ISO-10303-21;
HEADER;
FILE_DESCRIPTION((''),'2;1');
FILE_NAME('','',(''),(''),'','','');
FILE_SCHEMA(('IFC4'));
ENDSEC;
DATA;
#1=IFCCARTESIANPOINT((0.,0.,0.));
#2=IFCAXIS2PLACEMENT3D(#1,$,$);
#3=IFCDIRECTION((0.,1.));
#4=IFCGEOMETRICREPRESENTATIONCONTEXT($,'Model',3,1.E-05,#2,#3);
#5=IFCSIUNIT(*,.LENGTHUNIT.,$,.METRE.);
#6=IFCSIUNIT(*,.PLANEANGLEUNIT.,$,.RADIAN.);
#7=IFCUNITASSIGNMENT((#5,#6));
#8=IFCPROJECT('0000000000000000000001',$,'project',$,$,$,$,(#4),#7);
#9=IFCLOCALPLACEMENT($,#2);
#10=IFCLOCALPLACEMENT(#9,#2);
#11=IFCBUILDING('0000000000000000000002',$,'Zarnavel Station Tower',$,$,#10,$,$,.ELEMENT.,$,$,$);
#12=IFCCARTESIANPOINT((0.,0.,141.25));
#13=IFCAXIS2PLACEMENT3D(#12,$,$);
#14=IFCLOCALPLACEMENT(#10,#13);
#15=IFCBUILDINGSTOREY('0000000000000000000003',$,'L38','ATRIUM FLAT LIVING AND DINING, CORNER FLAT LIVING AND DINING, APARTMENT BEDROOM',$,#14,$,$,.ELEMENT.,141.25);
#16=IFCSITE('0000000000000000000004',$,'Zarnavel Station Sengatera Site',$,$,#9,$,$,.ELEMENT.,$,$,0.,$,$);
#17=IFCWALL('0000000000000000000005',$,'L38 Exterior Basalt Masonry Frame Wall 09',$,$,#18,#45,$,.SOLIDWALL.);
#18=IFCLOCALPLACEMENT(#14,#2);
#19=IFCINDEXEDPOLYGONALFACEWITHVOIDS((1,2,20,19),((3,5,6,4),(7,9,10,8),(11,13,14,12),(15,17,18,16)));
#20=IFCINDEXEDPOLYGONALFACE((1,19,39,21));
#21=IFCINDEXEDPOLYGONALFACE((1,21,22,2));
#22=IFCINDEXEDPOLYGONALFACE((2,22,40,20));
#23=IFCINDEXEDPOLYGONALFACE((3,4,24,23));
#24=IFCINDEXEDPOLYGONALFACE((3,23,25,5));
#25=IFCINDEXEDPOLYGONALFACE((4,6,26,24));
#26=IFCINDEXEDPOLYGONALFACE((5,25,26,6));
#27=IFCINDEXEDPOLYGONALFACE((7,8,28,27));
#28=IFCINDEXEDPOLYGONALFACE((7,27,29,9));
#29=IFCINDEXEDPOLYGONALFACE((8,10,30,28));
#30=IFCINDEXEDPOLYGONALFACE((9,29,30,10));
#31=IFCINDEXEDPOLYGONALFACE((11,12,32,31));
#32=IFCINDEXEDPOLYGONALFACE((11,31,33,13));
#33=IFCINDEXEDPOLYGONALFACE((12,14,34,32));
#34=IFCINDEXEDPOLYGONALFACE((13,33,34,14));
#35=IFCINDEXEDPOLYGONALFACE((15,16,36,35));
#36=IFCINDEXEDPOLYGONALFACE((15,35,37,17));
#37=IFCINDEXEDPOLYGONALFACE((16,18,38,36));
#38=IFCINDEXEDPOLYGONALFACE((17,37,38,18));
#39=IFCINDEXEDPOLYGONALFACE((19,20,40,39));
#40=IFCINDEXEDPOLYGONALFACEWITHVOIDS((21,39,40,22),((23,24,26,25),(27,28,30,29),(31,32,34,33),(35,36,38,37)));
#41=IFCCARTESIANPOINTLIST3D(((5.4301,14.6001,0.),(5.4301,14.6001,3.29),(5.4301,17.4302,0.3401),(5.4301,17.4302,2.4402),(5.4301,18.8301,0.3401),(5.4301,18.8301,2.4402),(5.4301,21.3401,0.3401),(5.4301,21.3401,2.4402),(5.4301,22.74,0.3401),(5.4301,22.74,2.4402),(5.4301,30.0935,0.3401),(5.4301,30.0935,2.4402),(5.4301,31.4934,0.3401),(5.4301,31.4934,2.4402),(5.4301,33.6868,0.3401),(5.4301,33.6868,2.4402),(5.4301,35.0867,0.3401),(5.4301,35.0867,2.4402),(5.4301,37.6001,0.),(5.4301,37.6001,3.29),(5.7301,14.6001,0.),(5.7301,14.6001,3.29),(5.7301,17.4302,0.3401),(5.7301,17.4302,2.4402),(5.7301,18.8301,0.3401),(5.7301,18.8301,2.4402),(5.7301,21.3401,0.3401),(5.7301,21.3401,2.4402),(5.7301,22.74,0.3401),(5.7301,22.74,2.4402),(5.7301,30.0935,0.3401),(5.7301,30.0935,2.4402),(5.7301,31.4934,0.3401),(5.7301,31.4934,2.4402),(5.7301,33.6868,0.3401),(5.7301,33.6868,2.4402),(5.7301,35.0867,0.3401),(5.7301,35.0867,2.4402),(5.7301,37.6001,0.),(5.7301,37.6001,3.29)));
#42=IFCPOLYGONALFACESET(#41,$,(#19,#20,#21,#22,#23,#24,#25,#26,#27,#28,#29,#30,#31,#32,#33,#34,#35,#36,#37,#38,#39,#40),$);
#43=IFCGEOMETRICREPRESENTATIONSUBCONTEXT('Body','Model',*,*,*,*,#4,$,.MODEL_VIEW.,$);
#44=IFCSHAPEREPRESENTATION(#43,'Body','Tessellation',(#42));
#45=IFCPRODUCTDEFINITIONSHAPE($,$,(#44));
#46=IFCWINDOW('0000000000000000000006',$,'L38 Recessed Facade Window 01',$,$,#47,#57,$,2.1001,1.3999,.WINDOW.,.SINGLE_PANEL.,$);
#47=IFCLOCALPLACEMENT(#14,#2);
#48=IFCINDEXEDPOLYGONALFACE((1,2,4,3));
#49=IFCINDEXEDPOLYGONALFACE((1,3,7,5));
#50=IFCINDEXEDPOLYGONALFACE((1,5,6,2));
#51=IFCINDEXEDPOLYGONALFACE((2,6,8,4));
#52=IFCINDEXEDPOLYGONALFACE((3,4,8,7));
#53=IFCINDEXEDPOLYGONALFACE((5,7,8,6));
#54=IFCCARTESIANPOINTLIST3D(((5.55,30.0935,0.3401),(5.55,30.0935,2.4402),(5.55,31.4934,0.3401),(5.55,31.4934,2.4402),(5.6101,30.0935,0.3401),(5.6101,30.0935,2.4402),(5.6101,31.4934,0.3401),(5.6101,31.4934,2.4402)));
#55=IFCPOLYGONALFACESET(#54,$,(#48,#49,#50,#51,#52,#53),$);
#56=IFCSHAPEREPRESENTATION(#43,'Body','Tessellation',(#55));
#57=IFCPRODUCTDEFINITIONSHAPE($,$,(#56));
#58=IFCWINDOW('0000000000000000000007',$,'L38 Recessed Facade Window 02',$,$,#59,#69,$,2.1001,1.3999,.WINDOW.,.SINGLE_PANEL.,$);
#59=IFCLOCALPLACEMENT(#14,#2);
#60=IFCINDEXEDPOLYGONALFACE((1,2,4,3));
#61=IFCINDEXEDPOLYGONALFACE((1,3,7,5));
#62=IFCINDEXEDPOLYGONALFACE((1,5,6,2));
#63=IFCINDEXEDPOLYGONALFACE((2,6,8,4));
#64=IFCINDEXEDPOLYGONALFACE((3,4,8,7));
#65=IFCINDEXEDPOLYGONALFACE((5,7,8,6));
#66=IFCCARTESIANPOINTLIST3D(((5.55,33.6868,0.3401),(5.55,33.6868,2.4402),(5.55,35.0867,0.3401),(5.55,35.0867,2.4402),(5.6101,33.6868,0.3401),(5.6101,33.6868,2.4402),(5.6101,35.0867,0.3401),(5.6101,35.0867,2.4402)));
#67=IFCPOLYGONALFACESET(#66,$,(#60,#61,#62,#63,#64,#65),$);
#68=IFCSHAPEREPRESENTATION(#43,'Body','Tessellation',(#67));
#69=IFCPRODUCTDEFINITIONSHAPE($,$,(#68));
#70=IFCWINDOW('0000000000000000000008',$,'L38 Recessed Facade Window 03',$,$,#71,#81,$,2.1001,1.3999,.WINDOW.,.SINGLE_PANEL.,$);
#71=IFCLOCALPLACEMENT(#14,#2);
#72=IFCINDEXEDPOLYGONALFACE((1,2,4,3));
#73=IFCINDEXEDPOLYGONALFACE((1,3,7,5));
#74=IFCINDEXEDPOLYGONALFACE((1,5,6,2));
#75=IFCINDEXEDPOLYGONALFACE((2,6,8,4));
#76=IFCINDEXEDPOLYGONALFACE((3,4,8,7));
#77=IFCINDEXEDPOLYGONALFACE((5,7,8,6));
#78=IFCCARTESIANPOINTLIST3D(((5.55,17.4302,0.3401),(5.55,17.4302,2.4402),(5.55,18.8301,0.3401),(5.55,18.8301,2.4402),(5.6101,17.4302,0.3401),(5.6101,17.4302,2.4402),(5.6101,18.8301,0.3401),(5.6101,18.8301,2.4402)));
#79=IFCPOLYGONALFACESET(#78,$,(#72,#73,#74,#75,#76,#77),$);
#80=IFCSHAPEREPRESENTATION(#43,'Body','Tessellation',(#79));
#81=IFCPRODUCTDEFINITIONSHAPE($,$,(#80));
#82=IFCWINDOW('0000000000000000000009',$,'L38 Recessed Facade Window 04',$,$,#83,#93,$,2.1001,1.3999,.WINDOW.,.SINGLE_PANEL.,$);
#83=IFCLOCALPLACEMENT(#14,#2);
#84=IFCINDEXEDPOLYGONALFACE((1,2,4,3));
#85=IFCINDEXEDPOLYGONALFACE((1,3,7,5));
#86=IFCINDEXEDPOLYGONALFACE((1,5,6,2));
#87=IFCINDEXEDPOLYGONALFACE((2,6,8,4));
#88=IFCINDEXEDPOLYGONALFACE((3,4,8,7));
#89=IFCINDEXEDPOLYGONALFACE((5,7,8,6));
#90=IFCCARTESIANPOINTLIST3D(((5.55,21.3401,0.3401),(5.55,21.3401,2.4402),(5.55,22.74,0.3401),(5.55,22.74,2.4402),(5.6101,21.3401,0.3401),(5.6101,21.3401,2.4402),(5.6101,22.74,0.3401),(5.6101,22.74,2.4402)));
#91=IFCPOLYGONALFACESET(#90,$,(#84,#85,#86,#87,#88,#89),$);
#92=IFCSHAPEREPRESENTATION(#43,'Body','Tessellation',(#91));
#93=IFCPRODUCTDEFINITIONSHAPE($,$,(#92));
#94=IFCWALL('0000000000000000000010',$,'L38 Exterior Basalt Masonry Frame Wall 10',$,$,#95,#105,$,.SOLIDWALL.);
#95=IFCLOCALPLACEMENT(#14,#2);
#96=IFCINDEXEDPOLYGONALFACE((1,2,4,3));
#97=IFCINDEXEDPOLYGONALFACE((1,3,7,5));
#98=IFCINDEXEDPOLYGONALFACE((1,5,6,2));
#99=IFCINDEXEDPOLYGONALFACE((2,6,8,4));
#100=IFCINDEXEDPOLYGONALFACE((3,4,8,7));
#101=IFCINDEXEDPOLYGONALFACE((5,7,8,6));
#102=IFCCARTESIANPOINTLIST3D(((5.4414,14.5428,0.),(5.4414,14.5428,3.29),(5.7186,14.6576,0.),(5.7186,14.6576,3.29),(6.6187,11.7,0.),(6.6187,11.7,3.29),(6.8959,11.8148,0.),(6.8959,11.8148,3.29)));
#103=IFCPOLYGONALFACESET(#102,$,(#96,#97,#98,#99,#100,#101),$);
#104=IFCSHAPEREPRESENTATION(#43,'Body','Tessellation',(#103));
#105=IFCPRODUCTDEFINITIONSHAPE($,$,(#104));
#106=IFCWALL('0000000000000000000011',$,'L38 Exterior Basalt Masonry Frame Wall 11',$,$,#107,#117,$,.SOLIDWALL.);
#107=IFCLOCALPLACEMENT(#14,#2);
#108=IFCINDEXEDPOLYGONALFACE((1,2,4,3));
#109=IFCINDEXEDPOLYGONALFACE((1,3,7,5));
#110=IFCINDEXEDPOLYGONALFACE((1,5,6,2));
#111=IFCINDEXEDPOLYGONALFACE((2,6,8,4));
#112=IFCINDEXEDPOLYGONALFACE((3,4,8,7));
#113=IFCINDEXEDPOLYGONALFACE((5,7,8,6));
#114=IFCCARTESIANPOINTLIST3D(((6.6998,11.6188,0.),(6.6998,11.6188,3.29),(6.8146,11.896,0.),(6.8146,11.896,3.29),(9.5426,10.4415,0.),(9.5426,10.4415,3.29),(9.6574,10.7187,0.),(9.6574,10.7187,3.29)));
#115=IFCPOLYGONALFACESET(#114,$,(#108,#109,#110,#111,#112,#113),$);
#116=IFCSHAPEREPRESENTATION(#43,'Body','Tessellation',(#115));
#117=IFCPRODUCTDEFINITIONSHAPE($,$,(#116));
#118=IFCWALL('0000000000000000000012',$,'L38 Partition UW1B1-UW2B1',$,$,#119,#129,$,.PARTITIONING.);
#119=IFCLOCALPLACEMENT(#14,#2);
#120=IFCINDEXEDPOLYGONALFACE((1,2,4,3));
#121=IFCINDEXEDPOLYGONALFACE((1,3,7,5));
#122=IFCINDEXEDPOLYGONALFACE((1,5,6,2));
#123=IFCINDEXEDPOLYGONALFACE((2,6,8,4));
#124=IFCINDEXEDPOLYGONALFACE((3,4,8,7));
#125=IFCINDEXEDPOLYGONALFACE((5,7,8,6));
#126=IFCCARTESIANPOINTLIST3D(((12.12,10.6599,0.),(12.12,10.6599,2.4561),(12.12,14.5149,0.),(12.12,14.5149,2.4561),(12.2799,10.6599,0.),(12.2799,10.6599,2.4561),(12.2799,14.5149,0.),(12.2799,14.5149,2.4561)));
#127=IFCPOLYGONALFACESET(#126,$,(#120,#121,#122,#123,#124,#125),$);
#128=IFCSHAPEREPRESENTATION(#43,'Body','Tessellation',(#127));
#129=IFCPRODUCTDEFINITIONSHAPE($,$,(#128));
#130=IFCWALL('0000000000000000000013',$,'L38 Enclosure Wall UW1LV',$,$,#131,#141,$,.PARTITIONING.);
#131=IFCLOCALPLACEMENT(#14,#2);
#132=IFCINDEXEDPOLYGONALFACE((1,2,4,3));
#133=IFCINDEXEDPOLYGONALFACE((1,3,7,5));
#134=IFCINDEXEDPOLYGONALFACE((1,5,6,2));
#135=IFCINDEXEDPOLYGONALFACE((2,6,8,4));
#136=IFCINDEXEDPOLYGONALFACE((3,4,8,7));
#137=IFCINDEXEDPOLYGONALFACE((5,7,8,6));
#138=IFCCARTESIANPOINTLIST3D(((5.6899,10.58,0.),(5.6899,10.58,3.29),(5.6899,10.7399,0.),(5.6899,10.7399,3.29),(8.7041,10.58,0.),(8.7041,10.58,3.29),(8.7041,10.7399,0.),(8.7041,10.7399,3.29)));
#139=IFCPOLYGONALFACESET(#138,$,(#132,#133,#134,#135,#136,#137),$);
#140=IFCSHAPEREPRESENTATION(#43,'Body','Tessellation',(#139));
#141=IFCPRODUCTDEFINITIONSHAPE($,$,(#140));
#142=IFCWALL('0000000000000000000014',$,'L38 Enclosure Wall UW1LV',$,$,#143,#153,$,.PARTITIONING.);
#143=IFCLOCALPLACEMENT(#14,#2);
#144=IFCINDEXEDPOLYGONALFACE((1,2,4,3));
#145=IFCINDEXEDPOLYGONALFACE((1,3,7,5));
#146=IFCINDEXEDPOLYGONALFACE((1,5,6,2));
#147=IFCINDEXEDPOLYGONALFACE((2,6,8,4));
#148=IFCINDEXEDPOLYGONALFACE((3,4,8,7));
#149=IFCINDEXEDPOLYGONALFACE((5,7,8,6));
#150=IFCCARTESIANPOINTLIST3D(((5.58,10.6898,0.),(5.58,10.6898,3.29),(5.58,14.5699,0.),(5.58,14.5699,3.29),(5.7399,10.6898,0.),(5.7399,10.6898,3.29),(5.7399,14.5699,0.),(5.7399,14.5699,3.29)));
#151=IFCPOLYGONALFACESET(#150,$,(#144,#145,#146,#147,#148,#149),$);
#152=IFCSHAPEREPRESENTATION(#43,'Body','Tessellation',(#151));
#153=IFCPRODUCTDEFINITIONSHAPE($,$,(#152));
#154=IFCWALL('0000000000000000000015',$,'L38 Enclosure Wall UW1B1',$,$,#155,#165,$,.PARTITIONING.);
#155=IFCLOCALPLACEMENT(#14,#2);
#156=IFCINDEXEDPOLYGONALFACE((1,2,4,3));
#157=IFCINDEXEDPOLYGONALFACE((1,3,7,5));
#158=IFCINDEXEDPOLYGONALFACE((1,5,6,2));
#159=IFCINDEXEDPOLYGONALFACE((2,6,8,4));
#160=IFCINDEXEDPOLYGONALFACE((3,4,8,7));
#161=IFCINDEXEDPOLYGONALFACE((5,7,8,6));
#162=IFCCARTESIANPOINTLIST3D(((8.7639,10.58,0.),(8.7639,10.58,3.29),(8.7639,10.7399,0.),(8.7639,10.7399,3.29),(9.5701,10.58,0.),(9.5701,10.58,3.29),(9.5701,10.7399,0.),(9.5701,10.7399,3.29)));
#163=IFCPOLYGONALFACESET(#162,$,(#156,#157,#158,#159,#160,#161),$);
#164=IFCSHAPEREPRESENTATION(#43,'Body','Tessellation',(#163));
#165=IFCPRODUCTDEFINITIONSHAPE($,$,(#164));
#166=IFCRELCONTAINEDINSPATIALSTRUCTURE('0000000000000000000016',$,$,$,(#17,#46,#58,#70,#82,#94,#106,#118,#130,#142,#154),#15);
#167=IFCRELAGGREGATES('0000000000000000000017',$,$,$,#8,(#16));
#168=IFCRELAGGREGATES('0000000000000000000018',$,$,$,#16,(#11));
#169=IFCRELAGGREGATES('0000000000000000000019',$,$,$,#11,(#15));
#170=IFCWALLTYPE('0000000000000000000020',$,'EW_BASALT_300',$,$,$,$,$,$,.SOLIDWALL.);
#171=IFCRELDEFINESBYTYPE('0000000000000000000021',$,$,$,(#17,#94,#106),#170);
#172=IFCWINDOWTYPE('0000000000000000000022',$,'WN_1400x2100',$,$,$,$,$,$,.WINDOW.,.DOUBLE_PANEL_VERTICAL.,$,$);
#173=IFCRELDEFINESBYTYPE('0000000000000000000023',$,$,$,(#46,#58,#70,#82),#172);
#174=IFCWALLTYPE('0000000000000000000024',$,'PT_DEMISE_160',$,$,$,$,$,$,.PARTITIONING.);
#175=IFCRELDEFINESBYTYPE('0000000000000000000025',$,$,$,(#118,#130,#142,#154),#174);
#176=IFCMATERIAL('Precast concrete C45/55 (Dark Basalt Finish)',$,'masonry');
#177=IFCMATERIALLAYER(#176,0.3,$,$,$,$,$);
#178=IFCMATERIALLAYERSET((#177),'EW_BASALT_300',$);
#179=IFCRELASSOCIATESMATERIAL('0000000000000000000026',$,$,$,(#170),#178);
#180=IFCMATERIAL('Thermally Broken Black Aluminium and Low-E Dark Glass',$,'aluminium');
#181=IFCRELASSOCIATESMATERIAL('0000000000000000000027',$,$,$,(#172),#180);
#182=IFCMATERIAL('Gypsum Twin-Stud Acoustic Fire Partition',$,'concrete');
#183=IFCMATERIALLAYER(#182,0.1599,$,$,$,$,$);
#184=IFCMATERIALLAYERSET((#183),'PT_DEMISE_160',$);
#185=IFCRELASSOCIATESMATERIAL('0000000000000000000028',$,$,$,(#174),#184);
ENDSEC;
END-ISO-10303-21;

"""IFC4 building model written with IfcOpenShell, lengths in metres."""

from ifc_helpers import new_model, si_unit, direction, frame, frame_2d, origin, place, context, subcontext, project, spatial, rectangle, extrude, material, layer, layer_set, type_object, element, fill, save


model = new_model("IFC4")

# Units and contexts
model_context = context("Model", 3, precision=1e-05, world=origin(), true_north=direction((0.0, 1.0)))
body_context = subcontext(model_context, "Body", "Model", "MODEL_VIEW")
ifc_project = project(units=[si_unit("LENGTHUNIT", "METRE"), si_unit("PLANEANGLEUNIT", "RADIAN")], contexts=[model_context])

# Site, building, storey
site_placement = place(None, origin())
site = spatial("IfcSite", under=ifc_project, at=site_placement, Name="Zarnavel Station Sengatera Site", CompositionType="ELEMENT", RefElevation=0.0)
building_placement = place(site_placement, origin())
building = spatial("IfcBuilding", under=site, at=building_placement, Name="Zarnavel Station Tower", CompositionType="ELEMENT")
storey_placement = place(building_placement, frame((0.0, 0.0, 141.25)))
storey = spatial("IfcBuildingStorey", under=building, at=storey_placement, Name="L38", Description="ATRIUM FLAT LIVING AND DINING, CORNER FLAT LIVING AND DINING, APARTMENT BEDROOM", CompositionType="ELEMENT", Elevation=141.25)

# Wall, openings, windows
ifc_material_1 = material(Name="Precast concrete C45/55 (Dark Basalt Finish)", Category="masonry")
ifc_layer_1 = layer(ifc_material_1, 0.3)
ifc_layer_set_1 = layer_set([ifc_layer_1], Name="EW_BASALT_300")
wall_type_1 = type_object("IfcWallType", Name="EW_BASALT_300", PredefinedType="SOLIDWALL", material=ifc_layer_set_1)
wall_1_placement = place(storey_placement, frame((5.5801, 14.6001, 0.0), z_axis=(0.0, 0.0, 1.0), x_axis=(0.0, 1.0, 0.0)))
wall_1 = element("IfcWall", 1, at=wall_1_placement, inside=storey, type_object=wall_type_1, Name="L38 Exterior Basalt Masonry Frame Wall 09", PredefinedType="SOLIDWALL", context=body_context, shape_type="SweptSolid", body=[
    extrude(rectangle(XDim=23.0, YDim=0.3, at=frame_2d((11.5, 0.0))), origin(), (0.0, 0.0, 1.0), 3.29),
])
opening_1_placement = place(wall_1_placement, frame((15.4934, 0.0, 0.3401)))
opening_1 = element("IfcOpeningElement", 2, at=opening_1_placement, cuts=wall_1, PredefinedType="OPENING", context=body_context, shape_type="SweptSolid", body=[
    extrude(rectangle(XDim=1.3999, YDim=2.1001, at=frame_2d((0.7, 1.05))), frame((0.0, 0.1599, 0.0), z_axis=(0.0, -1.0, 0.0), x_axis=(1.0, 0.0, 0.0)), (0.0, 0.0, 1.0), 0.3201),
])
opening_2_placement = place(wall_1_placement, frame((19.0867, 0.0, 0.3401)))
opening_2 = element("IfcOpeningElement", 3, at=opening_2_placement, cuts=wall_1, PredefinedType="OPENING", context=body_context, shape_type="SweptSolid", body=[
    extrude(rectangle(XDim=1.3999, YDim=2.1001, at=frame_2d((0.7, 1.05))), frame((0.0, 0.1599, 0.0), z_axis=(0.0, -1.0, 0.0), x_axis=(1.0, 0.0, 0.0)), (0.0, 0.0, 1.0), 0.3201),
])
opening_3_placement = place(wall_1_placement, frame((2.8301, 0.0, 0.3401)))
opening_3 = element("IfcOpeningElement", 4, at=opening_3_placement, cuts=wall_1, PredefinedType="OPENING", context=body_context, shape_type="SweptSolid", body=[
    extrude(rectangle(XDim=1.3999, YDim=2.1001, at=frame_2d((0.7, 1.05))), frame((0.0, 0.1599, 0.0), z_axis=(0.0, -1.0, 0.0), x_axis=(1.0, 0.0, 0.0)), (0.0, 0.0, 1.0), 0.3201),
])
opening_4_placement = place(wall_1_placement, frame((6.74, 0.0, 0.3401)))
opening_4 = element("IfcOpeningElement", 5, at=opening_4_placement, cuts=wall_1, PredefinedType="OPENING", context=body_context, shape_type="SweptSolid", body=[
    extrude(rectangle(XDim=1.3999, YDim=2.1001, at=frame_2d((0.7, 1.05))), frame((0.0, 0.1599, 0.0), z_axis=(0.0, -1.0, 0.0), x_axis=(1.0, 0.0, 0.0)), (0.0, 0.0, 1.0), 0.3201),
])
ifc_material_2 = material(Name="Thermally Broken Black Aluminium and Low-E Dark Glass", Category="aluminium")
window_type = type_object("IfcWindowType", Name="WN_1400x2100", PartitioningType="DOUBLE_PANEL_VERTICAL", PredefinedType="WINDOW", material=ifc_material_2)
window_1_placement = place(opening_1_placement, origin())
window_1 = element("IfcWindow", 6, at=window_1_placement, inside=storey, type_object=window_type, Name="L38 Recessed Facade Window 01", OverallHeight=2.1001, OverallWidth=1.3999, PartitioningType="SINGLE_PANEL", PredefinedType="WINDOW", context=body_context, shape_type="SweptSolid", body=[
    extrude(rectangle(XDim=1.3999, YDim=2.1001, at=frame_2d((0.7, 1.05))), frame((0.0, 0.03, 0.0), z_axis=(0.0, -1.0, 0.0), x_axis=(1.0, 0.0, 0.0)), (0.0, 0.0, 1.0), 0.0601),
])
fill(opening_1, window_1)
window_2_placement = place(opening_2_placement, origin())
window_2 = element("IfcWindow", 7, at=window_2_placement, inside=storey, type_object=window_type, Name="L38 Recessed Facade Window 02", OverallHeight=2.1001, OverallWidth=1.3999, PartitioningType="SINGLE_PANEL", PredefinedType="WINDOW", context=body_context, shape_type="SweptSolid", body=[
    extrude(rectangle(XDim=1.3999, YDim=2.1001, at=frame_2d((0.7, 1.05))), frame((0.0, 0.03, 0.0), z_axis=(0.0, -1.0, 0.0), x_axis=(1.0, 0.0, 0.0)), (0.0, 0.0, 1.0), 0.0601),
])
fill(opening_2, window_2)
window_3_placement = place(opening_3_placement, origin())
window_3 = element("IfcWindow", 8, at=window_3_placement, inside=storey, type_object=window_type, Name="L38 Recessed Facade Window 03", OverallHeight=2.1001, OverallWidth=1.3999, PartitioningType="SINGLE_PANEL", PredefinedType="WINDOW", context=body_context, shape_type="SweptSolid", body=[
    extrude(rectangle(XDim=1.3999, YDim=2.1001, at=frame_2d((0.7, 1.05))), frame((0.0, 0.03, 0.0), z_axis=(0.0, -1.0, 0.0), x_axis=(1.0, 0.0, 0.0)), (0.0, 0.0, 1.0), 0.0601),
])
fill(opening_3, window_3)
window_4_placement = place(opening_4_placement, origin())
window_4 = element("IfcWindow", 9, at=window_4_placement, inside=storey, type_object=window_type, Name="L38 Recessed Facade Window 04", OverallHeight=2.1001, OverallWidth=1.3999, PartitioningType="SINGLE_PANEL", PredefinedType="WINDOW", context=body_context, shape_type="SweptSolid", body=[
    extrude(rectangle(XDim=1.3999, YDim=2.1001, at=frame_2d((0.7, 1.05))), frame((0.0, 0.03, 0.0), z_axis=(0.0, -1.0, 0.0), x_axis=(1.0, 0.0, 0.0)), (0.0, 0.0, 1.0), 0.0601),
])
fill(opening_4, window_4)

# Walls
for number, where, z_axis, x_axis, name in (
    (10, (6.7573, 11.7573, 0.0), (0.0, 0.0, 1.0), (-0.382609, 0.92391, 0.0), "L38 Exterior Basalt Masonry Frame Wall 10"),
    (11, (9.6001, 10.5801, 0.0), (0.0, 0.0, 1.0), (-0.92391, 0.382609, 0.0), "L38 Exterior Basalt Masonry Frame Wall 11"),
):
    element("IfcWall", number, at=place(storey_placement, frame(where, z_axis=z_axis, x_axis=x_axis)), inside=storey, type_object=wall_type_1, Name=name, PredefinedType="SOLIDWALL", context=body_context, shape_type="SweptSolid", body=[
        extrude(rectangle(XDim=3.0769, YDim=0.3, at=frame_2d((1.5386, 0.0))), origin(), (0.0, 0.0, 1.0), 3.29),
    ])
ifc_material_3 = material(Name="Gypsum Twin-Stud Acoustic Fire Partition", Category="concrete")
ifc_layer_2 = layer(ifc_material_3, 0.1599)
ifc_layer_set_2 = layer_set([ifc_layer_2], Name="PT_DEMISE_160")
wall_type_2 = type_object("IfcWallType", Name="PT_DEMISE_160", PredefinedType="PARTITIONING", material=ifc_layer_set_2)
wall_2_placement = place(storey_placement, frame((12.2, 10.6599, 0.0), z_axis=(0.0, 0.0, 1.0), x_axis=(0.0, 1.0, 0.0)))
element("IfcWall", 12, at=wall_2_placement, inside=storey, type_object=wall_type_2, Name="L38 Partition UW1B1-UW2B1", PredefinedType="PARTITIONING", context=body_context, shape_type="SweptSolid", body=[
    extrude(rectangle(XDim=3.855, YDim=0.1599, at=frame_2d((1.9275, 0.0))), origin(), (0.0, 0.0, 1.0), 2.4561),
])
wall_3_placement = place(storey_placement, frame((5.6899, 10.6599, 0.0), z_axis=(0.0, 0.0, 1.0), x_axis=(1.0, 0.0, 0.0)))
element("IfcWall", 13, at=wall_3_placement, inside=storey, type_object=wall_type_2, Name="L38 Enclosure Wall UW1LV", PredefinedType="PARTITIONING", context=body_context, shape_type="SweptSolid", body=[
    extrude(rectangle(XDim=3.0142, YDim=0.1599, at=frame_2d((1.5071, 0.0))), origin(), (0.0, 0.0, 1.0), 3.29),
])
wall_4_placement = place(storey_placement, frame((5.6599, 10.6899, 0.0), z_axis=(0.0, 0.0, 1.0), x_axis=(0.0, 1.0, 0.0)))
element("IfcWall", 14, at=wall_4_placement, inside=storey, type_object=wall_type_2, Name="L38 Enclosure Wall UW1LV", PredefinedType="PARTITIONING", context=body_context, shape_type="SweptSolid", body=[
    extrude(rectangle(XDim=3.8801, YDim=0.1599, at=frame_2d((1.9399, 0.0))), origin(), (0.0, 0.0, 1.0), 3.29),
])
wall_5_placement = place(storey_placement, frame((8.7639, 10.6599, 0.0), z_axis=(0.0, 0.0, 1.0), x_axis=(1.0, 0.0, 0.0)))
element("IfcWall", 15, at=wall_5_placement, inside=storey, type_object=wall_type_2, Name="L38 Enclosure Wall UW1B1", PredefinedType="PARTITIONING", context=body_context, shape_type="SweptSolid", body=[
    extrude(rectangle(XDim=0.8062, YDim=0.1599, at=frame_2d((0.4031, 0.0))), origin(), (0.0, 0.0, 1.0), 3.29),
])

save(model, "model.ifc")
